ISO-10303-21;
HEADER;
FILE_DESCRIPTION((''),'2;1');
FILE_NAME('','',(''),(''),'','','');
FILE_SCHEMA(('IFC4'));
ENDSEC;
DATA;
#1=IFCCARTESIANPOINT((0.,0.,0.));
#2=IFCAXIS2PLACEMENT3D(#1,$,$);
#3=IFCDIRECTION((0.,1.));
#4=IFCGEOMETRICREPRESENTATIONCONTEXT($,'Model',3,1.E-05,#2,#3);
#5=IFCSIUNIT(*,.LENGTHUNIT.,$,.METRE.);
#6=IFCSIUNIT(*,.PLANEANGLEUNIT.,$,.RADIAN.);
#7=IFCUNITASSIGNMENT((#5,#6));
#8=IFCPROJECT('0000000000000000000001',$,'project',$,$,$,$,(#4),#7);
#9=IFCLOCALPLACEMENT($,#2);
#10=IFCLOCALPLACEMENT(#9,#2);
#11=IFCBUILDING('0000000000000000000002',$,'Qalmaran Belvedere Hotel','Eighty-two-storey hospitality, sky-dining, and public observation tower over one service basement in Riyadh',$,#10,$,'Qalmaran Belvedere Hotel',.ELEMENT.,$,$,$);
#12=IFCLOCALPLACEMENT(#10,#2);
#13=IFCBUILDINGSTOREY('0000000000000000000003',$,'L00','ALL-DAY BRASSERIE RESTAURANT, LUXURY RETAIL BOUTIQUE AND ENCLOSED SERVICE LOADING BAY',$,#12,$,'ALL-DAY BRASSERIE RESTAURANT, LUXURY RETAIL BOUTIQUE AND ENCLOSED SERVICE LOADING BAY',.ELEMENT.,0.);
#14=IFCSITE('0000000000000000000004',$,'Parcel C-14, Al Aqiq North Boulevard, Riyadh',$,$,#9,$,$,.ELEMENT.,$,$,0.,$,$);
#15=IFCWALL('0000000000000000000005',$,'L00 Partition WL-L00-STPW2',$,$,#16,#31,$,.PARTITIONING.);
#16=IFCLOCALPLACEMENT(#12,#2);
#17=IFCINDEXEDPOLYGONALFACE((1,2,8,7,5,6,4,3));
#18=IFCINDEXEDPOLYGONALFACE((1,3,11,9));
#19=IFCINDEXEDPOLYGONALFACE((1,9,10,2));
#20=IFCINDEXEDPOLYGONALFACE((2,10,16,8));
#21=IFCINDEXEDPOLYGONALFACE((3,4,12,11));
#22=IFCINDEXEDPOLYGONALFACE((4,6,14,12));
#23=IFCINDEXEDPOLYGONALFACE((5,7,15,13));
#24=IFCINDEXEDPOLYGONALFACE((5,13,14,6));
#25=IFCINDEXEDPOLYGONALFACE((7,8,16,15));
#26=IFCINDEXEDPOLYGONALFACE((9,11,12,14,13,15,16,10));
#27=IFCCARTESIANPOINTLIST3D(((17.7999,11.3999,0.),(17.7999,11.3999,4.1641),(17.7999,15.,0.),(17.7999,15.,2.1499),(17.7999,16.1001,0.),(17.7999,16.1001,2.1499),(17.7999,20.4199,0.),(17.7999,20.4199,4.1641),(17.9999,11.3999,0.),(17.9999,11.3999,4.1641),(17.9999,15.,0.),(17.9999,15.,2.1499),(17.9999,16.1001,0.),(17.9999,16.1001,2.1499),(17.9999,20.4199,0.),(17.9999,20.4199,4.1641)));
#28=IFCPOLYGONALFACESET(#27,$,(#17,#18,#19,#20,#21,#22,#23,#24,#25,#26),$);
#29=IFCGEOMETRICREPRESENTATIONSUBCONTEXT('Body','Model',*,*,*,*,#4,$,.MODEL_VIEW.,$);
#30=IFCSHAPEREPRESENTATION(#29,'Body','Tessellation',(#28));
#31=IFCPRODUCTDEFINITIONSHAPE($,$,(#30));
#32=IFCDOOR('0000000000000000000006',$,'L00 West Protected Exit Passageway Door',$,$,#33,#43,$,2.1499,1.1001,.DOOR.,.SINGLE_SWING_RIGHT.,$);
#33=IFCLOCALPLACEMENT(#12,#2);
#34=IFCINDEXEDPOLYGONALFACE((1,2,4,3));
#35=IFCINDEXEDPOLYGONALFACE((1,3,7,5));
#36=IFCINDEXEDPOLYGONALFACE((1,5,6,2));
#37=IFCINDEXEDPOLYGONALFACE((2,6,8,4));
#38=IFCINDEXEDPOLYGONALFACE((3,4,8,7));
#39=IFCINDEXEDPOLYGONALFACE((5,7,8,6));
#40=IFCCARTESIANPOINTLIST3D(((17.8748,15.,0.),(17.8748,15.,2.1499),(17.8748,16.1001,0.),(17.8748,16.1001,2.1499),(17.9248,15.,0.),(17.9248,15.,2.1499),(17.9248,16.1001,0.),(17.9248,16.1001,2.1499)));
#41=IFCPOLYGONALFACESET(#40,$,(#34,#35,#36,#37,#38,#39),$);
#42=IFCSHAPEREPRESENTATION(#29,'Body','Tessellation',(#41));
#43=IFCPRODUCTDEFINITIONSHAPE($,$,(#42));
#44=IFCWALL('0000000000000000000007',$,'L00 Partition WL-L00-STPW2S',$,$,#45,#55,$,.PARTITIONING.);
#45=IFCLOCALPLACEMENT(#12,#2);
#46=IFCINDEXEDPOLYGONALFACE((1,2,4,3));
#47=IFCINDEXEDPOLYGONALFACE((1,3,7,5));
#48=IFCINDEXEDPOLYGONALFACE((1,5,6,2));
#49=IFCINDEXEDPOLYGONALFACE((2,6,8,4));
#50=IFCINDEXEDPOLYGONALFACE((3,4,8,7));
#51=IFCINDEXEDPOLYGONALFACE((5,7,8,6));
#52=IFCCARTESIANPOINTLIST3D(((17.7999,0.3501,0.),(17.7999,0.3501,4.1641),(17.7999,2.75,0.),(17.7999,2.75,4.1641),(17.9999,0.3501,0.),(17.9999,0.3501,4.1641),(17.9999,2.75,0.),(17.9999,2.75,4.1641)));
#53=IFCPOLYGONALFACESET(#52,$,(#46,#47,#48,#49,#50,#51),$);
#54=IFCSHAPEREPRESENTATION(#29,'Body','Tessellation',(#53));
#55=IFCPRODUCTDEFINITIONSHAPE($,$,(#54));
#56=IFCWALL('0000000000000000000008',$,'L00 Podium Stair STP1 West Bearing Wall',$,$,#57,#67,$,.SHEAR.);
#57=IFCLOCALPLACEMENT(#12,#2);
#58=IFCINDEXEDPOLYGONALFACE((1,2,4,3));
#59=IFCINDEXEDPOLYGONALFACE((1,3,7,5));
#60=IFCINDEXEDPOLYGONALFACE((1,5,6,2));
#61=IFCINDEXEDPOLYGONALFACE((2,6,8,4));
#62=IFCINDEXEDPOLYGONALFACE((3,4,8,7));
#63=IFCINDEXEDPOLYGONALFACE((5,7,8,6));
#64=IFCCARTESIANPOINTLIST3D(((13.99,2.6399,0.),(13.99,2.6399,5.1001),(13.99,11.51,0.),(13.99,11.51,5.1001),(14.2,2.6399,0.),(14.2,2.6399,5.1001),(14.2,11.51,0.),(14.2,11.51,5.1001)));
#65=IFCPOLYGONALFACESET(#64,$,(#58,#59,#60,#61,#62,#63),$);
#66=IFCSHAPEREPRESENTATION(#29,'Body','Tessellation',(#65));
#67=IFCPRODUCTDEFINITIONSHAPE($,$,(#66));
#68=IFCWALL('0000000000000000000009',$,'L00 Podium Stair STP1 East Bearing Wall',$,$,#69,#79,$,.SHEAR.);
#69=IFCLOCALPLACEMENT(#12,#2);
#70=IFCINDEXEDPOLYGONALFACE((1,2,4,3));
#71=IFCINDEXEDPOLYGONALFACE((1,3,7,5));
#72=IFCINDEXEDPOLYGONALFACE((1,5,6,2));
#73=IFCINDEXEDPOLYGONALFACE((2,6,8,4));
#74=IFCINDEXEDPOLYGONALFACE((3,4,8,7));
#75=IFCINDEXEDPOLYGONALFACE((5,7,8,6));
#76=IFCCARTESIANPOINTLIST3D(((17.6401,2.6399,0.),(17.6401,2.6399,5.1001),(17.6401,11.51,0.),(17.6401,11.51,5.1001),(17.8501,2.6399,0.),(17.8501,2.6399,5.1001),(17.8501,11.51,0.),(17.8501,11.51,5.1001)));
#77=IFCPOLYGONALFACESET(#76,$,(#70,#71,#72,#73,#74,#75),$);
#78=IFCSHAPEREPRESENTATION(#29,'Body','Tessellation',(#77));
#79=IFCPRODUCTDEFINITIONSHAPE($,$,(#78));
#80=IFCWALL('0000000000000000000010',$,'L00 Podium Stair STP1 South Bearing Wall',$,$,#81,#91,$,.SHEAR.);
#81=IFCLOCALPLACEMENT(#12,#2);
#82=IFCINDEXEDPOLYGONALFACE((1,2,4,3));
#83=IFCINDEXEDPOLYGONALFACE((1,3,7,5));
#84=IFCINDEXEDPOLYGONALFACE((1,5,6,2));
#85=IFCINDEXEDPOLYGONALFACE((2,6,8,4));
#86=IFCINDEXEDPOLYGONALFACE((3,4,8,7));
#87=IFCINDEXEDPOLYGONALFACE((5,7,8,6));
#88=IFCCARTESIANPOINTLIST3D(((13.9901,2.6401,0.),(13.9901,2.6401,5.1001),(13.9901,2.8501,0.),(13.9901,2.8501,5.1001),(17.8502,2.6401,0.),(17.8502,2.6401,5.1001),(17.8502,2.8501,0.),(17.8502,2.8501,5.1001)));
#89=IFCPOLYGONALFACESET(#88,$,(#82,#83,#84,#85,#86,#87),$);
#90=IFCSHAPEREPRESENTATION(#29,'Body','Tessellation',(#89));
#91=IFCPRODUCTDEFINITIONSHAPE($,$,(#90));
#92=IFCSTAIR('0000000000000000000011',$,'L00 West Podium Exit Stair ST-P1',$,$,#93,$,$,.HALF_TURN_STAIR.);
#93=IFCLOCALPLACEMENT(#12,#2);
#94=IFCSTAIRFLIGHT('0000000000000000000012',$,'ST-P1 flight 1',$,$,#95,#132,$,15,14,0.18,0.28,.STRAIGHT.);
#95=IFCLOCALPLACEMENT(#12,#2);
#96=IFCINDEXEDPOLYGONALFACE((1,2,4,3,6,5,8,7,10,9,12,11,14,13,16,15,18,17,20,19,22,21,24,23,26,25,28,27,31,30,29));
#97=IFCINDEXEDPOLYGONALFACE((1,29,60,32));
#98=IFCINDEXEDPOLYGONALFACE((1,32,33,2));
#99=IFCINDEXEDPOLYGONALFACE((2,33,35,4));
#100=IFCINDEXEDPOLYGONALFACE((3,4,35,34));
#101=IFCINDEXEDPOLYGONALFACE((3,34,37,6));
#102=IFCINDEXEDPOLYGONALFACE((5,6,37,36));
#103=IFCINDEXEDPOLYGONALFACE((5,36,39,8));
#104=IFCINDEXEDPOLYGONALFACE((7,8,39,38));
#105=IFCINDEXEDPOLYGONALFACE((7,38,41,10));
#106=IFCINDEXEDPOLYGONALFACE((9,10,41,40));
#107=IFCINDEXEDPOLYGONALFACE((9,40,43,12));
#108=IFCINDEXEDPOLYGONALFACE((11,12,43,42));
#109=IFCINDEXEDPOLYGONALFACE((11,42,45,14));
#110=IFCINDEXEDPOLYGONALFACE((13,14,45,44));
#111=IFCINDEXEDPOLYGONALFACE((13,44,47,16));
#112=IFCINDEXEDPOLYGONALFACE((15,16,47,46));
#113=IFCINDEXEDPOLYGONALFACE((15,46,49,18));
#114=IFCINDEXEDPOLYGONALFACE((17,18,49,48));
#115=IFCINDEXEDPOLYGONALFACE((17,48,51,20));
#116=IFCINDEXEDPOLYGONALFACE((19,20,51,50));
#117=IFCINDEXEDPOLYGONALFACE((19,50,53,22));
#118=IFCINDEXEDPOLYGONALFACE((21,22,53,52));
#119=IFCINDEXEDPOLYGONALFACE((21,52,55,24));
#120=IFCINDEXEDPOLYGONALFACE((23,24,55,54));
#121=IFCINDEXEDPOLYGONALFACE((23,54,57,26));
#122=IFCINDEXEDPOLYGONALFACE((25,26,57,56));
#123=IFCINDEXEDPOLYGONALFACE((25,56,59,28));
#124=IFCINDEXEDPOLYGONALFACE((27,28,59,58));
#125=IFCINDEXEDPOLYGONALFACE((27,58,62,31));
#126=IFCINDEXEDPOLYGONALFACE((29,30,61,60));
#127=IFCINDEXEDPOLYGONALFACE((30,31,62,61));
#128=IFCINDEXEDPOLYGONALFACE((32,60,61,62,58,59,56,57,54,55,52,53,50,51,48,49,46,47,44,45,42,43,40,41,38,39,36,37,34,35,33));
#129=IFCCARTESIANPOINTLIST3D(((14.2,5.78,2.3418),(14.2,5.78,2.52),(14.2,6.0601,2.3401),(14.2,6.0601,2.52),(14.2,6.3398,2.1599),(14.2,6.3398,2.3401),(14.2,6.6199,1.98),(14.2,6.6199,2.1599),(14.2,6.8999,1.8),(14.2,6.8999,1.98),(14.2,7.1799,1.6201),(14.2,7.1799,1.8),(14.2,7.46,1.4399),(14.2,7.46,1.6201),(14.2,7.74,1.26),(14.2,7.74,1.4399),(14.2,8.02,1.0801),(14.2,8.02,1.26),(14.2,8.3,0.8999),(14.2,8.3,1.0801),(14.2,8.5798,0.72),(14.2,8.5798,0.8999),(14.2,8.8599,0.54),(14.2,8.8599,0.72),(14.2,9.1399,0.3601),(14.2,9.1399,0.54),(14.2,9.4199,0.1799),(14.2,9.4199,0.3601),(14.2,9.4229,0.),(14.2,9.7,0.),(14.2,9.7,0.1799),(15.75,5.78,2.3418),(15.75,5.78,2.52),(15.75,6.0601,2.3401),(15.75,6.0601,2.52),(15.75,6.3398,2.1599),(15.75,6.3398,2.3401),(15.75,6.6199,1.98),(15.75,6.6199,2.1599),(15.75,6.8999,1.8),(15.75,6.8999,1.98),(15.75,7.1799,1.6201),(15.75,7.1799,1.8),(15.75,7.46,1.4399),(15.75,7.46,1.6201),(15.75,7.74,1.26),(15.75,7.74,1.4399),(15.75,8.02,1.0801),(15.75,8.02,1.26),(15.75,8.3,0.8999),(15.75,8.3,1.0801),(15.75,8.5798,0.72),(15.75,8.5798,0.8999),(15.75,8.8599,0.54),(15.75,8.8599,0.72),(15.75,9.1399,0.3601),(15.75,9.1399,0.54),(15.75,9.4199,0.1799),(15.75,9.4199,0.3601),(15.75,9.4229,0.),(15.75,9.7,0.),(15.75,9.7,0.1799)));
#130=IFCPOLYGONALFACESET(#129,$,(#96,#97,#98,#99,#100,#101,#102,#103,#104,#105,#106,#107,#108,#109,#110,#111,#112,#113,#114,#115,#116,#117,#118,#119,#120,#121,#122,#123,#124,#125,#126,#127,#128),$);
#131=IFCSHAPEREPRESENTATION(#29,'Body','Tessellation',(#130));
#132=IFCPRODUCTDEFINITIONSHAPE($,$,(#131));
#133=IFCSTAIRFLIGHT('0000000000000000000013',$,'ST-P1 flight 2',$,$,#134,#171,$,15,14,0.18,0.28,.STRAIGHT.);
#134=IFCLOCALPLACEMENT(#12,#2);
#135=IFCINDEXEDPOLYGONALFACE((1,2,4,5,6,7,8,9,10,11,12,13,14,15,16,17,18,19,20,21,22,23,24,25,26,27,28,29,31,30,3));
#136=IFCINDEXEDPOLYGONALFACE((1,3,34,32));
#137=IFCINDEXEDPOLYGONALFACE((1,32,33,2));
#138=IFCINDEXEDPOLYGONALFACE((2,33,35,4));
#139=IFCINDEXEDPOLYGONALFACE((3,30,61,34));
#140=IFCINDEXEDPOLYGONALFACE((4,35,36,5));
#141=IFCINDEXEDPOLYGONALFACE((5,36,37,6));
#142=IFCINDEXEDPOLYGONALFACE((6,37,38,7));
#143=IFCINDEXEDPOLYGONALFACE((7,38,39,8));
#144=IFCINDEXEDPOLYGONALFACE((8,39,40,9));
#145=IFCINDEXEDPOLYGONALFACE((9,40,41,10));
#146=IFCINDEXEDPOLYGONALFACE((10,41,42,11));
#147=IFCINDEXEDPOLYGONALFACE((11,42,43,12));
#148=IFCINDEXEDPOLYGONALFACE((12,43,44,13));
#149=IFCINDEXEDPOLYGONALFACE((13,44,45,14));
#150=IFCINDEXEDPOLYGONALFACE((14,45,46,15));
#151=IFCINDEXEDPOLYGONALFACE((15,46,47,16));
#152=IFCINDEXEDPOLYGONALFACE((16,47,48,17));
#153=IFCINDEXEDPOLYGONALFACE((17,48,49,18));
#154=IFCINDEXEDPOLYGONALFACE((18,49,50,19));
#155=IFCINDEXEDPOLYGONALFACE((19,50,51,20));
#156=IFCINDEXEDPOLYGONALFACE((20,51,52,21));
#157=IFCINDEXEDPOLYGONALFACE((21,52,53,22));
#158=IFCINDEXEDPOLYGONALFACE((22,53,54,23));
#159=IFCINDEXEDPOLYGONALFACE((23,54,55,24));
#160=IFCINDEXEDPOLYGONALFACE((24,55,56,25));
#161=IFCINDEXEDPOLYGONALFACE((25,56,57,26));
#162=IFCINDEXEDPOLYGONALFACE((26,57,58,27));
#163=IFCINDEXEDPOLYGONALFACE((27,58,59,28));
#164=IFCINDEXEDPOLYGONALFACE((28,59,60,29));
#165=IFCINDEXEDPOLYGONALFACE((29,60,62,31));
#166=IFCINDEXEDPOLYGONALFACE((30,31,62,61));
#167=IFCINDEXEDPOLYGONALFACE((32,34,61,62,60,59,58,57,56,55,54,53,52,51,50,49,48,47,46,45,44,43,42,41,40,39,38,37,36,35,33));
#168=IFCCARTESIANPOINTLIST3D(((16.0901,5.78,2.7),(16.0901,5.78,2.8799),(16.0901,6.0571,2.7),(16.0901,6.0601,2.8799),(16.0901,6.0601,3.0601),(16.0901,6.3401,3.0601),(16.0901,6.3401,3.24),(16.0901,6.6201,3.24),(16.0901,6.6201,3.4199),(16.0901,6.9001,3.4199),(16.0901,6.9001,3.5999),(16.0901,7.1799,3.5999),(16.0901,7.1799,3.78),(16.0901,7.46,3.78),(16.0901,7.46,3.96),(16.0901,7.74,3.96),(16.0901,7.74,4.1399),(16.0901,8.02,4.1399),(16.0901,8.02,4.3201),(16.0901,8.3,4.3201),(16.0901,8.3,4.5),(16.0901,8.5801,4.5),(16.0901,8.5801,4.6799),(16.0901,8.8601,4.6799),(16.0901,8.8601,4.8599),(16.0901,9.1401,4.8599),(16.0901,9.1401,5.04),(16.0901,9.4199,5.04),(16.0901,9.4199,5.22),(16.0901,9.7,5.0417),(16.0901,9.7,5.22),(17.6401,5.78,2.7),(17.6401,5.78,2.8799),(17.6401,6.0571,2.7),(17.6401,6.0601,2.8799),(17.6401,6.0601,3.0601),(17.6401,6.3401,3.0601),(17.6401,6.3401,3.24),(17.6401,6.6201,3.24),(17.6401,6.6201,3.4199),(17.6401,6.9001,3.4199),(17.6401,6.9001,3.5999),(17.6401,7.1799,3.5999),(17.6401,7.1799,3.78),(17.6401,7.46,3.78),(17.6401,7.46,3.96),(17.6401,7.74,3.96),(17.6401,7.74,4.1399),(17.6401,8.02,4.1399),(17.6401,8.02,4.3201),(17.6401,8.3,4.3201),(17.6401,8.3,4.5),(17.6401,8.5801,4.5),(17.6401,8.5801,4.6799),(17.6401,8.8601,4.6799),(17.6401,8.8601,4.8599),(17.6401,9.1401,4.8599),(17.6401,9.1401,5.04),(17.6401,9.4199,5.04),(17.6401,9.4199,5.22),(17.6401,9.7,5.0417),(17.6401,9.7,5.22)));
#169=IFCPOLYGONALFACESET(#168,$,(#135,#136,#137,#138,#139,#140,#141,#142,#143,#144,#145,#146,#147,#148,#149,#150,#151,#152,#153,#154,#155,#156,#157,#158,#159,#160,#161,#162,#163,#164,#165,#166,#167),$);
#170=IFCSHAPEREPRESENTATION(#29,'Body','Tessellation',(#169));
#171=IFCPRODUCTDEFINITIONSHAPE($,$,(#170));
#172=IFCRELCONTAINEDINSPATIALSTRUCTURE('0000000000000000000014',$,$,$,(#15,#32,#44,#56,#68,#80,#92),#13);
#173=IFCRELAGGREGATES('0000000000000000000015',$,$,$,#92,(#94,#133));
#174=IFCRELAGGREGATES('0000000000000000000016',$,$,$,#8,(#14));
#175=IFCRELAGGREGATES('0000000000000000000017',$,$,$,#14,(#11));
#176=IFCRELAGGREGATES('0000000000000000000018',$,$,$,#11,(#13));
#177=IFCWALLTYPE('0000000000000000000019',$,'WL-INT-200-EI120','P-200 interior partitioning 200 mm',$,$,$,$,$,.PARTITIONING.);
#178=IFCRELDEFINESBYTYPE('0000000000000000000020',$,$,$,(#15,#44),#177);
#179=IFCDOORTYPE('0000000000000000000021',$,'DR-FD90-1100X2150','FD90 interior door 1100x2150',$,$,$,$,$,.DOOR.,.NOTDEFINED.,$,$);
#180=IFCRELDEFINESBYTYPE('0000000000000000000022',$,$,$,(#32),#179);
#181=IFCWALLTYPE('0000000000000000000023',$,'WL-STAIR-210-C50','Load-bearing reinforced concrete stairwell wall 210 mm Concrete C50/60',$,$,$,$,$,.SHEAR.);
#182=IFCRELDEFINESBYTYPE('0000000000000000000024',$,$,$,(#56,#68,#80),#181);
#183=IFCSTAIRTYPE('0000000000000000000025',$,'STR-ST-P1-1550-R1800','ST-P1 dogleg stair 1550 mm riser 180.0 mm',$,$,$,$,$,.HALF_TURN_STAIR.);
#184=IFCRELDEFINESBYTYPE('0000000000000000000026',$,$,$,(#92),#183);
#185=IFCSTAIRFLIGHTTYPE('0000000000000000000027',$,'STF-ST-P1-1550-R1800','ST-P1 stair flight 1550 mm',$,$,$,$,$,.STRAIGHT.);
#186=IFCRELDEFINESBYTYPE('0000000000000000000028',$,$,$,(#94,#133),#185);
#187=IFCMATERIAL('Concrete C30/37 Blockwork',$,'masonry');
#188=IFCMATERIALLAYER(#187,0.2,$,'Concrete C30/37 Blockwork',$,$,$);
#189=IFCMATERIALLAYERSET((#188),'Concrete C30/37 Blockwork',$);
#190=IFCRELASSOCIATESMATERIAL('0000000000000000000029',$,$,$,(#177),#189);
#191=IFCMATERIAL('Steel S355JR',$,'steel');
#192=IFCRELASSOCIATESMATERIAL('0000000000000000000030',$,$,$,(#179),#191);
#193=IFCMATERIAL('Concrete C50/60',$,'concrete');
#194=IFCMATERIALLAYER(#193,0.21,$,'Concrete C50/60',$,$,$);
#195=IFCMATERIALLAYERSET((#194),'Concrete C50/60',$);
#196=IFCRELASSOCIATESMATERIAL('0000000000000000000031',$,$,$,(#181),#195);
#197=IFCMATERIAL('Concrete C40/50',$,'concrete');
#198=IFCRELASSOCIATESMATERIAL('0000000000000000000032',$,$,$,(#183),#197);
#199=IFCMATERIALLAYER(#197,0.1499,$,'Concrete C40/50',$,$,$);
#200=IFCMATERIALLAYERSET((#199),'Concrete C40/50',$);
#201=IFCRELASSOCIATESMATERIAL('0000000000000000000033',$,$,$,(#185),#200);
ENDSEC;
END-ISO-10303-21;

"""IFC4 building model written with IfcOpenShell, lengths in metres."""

from ifc_helpers import new_model, si_unit, direction, frame, frame_2d, origin, place, context, subcontext, project, spatial, polyline, rectangle, outline, extrude, material, layer, layer_set, type_object, element, fill, aggregate, save


model = new_model("IFC4")

# Units and contexts
model_context = context("Model", 3, precision=1e-05, world=origin(), true_north=direction((0.0, 1.0)))
body_context = subcontext(model_context, "Body", "Model", "MODEL_VIEW")
ifc_project = project(units=[si_unit("LENGTHUNIT", "METRE"), si_unit("PLANEANGLEUNIT", "RADIAN")], contexts=[model_context])

# Site, building, storey
site_placement = place(None, origin())
site = spatial("IfcSite", under=ifc_project, at=site_placement, Name="Parcel C-14, Al Aqiq North Boulevard, Riyadh", CompositionType="ELEMENT", RefElevation=0.0)
building_placement = place(site_placement, origin())
building = spatial("IfcBuilding", under=site, at=building_placement, Name="Qalmaran Belvedere Hotel", Description="Eighty-two-storey hospitality, sky-dining, and public observation tower over one service basement in Riyadh", LongName="Qalmaran Belvedere Hotel", CompositionType="ELEMENT")
storey_placement = place(building_placement, origin())
storey = spatial("IfcBuildingStorey", under=building, at=storey_placement, Name="L00", Description="ALL-DAY BRASSERIE RESTAURANT, LUXURY RETAIL BOUTIQUE AND ENCLOSED SERVICE LOADING BAY", LongName="ALL-DAY BRASSERIE RESTAURANT, LUXURY RETAIL BOUTIQUE AND ENCLOSED SERVICE LOADING BAY", CompositionType="ELEMENT", Elevation=0.0)

# Shared definitions
ifc_material_1 = material(Name="Concrete C40/50", Category="concrete")

# Shared definitions
ifc_material_2 = material(Name="Steel S355JR", Category="steel")

# Shared definitions
ifc_material_3 = material(Name="Concrete C30/37 Blockwork", Category="masonry")
ifc_layer_1 = layer(ifc_material_3, 0.2, Name="Concrete C30/37 Blockwork")
ifc_layer_set_1 = layer_set([ifc_layer_1], Name="Concrete C30/37 Blockwork")
wall_type_1 = type_object("IfcWallType", Name="WL-INT-200-EI120", Description="P-200 interior partitioning 200 mm", PredefinedType="PARTITIONING", material=ifc_layer_set_1)

# Wall, opening, door
wall_1_placement = place(storey_placement, frame((17.8999, 11.3999, 0.0), z_axis=(0.0, 0.0, 1.0), x_axis=(0.0, 1.0, 0.0)))
wall_1 = element("IfcWall", 1, at=wall_1_placement, inside=storey, type_object=wall_type_1, Name="L00 Partition WL-L00-STPW2", PredefinedType="PARTITIONING", context=body_context, shape_type="SweptSolid", body=[
    extrude(rectangle(XDim=9.02, YDim=0.2, at=frame_2d((4.51, 0.0))), origin(), (0.0, 0.0, 1.0), 4.1641),
])
opening_1_placement = place(wall_1_placement, frame((4.7002, 0.0, 0.0), z_axis=(0.0, 0.0, 1.0), x_axis=(-1.0, 0.0, 0.0)))
opening_1 = element("IfcOpeningElement", 2, at=opening_1_placement, cuts=wall_1, PredefinedType="OPENING", context=body_context, shape_type="SweptSolid", body=[
    extrude(rectangle(XDim=1.1001, YDim=2.1499, at=frame_2d((0.55, 1.075))), frame((0.0, 0.1099, 0.0), z_axis=(0.0, -1.0, 0.0), x_axis=(1.0, 0.0, 0.0)), (0.0, 0.0, 1.0), 0.22),
])
door_type_1 = type_object("IfcDoorType", Name="DR-FD90-1100X2150", Description="FD90 interior door 1100x2150", OperationType="NOTDEFINED", PredefinedType="DOOR", material=ifc_material_2)
door_1_placement = place(opening_1_placement, origin())
door_1 = element("IfcDoor", 3, at=door_1_placement, inside=storey, type_object=door_type_1, Name="L00 West Protected Exit Passageway Door", OperationType="SINGLE_SWING_RIGHT", OverallHeight=2.1499, OverallWidth=1.1001, PredefinedType="DOOR", context=body_context, shape_type="SweptSolid", body=[
    extrude(rectangle(XDim=1.1001, YDim=2.1499, at=frame_2d((0.55, 1.075))), frame((0.0, 0.0249, 0.0), z_axis=(0.0, -1.0, 0.0), x_axis=(1.0, 0.0, 0.0)), (0.0, 0.0, 1.0), 0.05),
])
fill(opening_1, door_1)

# Walls
wall_2_placement = place(storey_placement, frame((17.8999, 0.3501, 0.0), z_axis=(0.0, 0.0, 1.0), x_axis=(0.0, 1.0, 0.0)))
element("IfcWall", 4, at=wall_2_placement, inside=storey, type_object=wall_type_1, Name="L00 Partition WL-L00-STPW2S", PredefinedType="PARTITIONING", context=body_context, shape_type="SweptSolid", body=[
    extrude(rectangle(XDim=2.3999, YDim=0.2, at=frame_2d((1.2, 0.0))), origin(), (0.0, 0.0, 1.0), 4.1641),
])
ifc_material_4 = material(Name="Concrete C50/60", Category="concrete")
ifc_layer_2 = layer(ifc_material_4, 0.21, Name="Concrete C50/60")
ifc_layer_set_2 = layer_set([ifc_layer_2], Name="Concrete C50/60")
wall_type_2 = type_object("IfcWallType", Name="WL-STAIR-210-C50", Description="Load-bearing reinforced concrete stairwell wall 210 mm Concrete C50/60", PredefinedType="SHEAR", material=ifc_layer_set_2)
for number, where, z_axis, x_axis, name in (
    (5, (14.095, 2.6399, 0.0), (0.0, 0.0, 1.0), (0.0, 1.0, 0.0), "L00 Podium Stair STP1 West Bearing Wall"),
    (6, (17.7451, 2.6399, 0.0), (0.0, 0.0, 1.0), (0.0, 1.0, 0.0), "L00 Podium Stair STP1 East Bearing Wall"),
):
    element("IfcWall", number, at=place(storey_placement, frame(where, z_axis=z_axis, x_axis=x_axis)), inside=storey, type_object=wall_type_2, Name=name, PredefinedType="SHEAR", context=body_context, shape_type="SweptSolid", body=[
        extrude(rectangle(XDim=8.8701, YDim=0.21, at=frame_2d((4.4351, 0.0))), origin(), (0.0, 0.0, 1.0), 5.1001),
    ])
wall_3_placement = place(storey_placement, frame((13.99, 2.7451, 0.0), z_axis=(0.0, 0.0, 1.0), x_axis=(1.0, 0.0, 0.0)))
element("IfcWall", 7, at=wall_3_placement, inside=storey, type_object=wall_type_2, Name="L00 Podium Stair STP1 South Bearing Wall", PredefinedType="SHEAR", context=body_context, shape_type="SweptSolid", body=[
    extrude(rectangle(XDim=3.8601, YDim=0.21, at=frame_2d((1.9302, 0.0))), origin(), (0.0, 0.0, 1.0), 5.1001),
])

# Stair, stair flights
stair_type = type_object("IfcStairType", Name="STR-ST-P1-1550-R1800", Description="ST-P1 dogleg stair 1550 mm riser 180.0 mm", PredefinedType="HALF_TURN_STAIR", material=ifc_material_1)
stair_placement = place(storey_placement, origin())
stair = element("IfcStair", 8, at=stair_placement, inside=storey, type_object=stair_type, Name="L00 West Podium Exit Stair ST-P1", PredefinedType="HALF_TURN_STAIR")
ifc_layer_3 = layer(ifc_material_1, 0.1499, Name="Concrete C40/50")
ifc_layer_set_3 = layer_set([ifc_layer_3], Name="Concrete C40/50")
stair_flight_type = type_object("IfcStairFlightType", Name="STF-ST-P1-1550-R1800", Description="ST-P1 stair flight 1550 mm", PredefinedType="STRAIGHT", material=ifc_layer_set_3)
stair_flight_1_placement = place(storey_placement, frame((14.9751, 9.7, 0.0), z_axis=(0.0, 0.0, 1.0), x_axis=(0.0, -1.0, 0.0)))
stair_flight_1 = element("IfcStairFlight", 9, at=stair_flight_1_placement, type_object=stair_flight_type, Name="ST-P1 flight 1", NumberOfRisers=15, NumberOfTreads=14, PredefinedType="STRAIGHT", RiserHeight=0.18, TreadLength=0.28, context=body_context, shape_type="SweptSolid", body=[
    extrude(outline(polyline([(0.0, 0.0), (0.0, 0.1799), (0.28, 0.1799), (0.28, 0.3601), (0.5601, 0.3601), (0.5601, 0.54), (0.8401, 0.54), (0.8401, 0.72), (1.1201, 0.72), (1.1201, 0.8999), (1.3999, 0.8999), (1.3999, 1.0801), (1.6799, 1.0801), (1.6799, 1.26), (1.96, 1.26), (1.96, 1.4399), (2.24, 1.4399), (2.24, 1.6201), (2.52, 1.6201), (2.52, 1.8), (2.8, 1.8), (2.8, 1.98), (3.0801, 1.98), (3.0801, 2.1599), (3.3601, 2.1599), (3.3601, 2.3401), (3.6399, 2.3401), (3.6399, 2.52), (3.9199, 2.52), (3.9199, 2.7), (3.9199, 2.3418), (0.2771, 0.0), (0.0, 0.0)])), frame((0.0, 0.7749, 0.0), z_axis=(0.0, -1.0, 0.0), x_axis=(1.0, 0.0, 0.0)), (0.0, 0.0, 1.0), 1.55),
])
stair_flight_2_placement = place(storey_placement, frame((16.865, 5.78, 2.7), z_axis=(0.0, 0.0, 1.0), x_axis=(0.0, 1.0, 0.0)))
stair_flight_2 = element("IfcStairFlight", 10, at=stair_flight_2_placement, type_object=stair_flight_type, Name="ST-P1 flight 2", NumberOfRisers=15, NumberOfTreads=14, PredefinedType="STRAIGHT", RiserHeight=0.18, TreadLength=0.28, context=body_context, shape_type="SweptSolid", body=[
    extrude(outline(polyline([(0.0, 0.0), (0.0, 0.1799), (0.28, 0.1799), (0.28, 0.3601), (0.5601, 0.3601), (0.5601, 0.54), (0.8401, 0.54), (0.8401, 0.72), (1.1201, 0.72), (1.1201, 0.8999), (1.3999, 0.8999), (1.3999, 1.0801), (1.6799, 1.0801), (1.6799, 1.26), (1.96, 1.26), (1.96, 1.4399), (2.24, 1.4399), (2.24, 1.6201), (2.52, 1.6201), (2.52, 1.8), (2.8, 1.8), (2.8, 1.98), (3.0801, 1.98), (3.0801, 2.1599), (3.3601, 2.1599), (3.3601, 2.3401), (3.6399, 2.3401), (3.6399, 2.52), (3.9199, 2.52), (3.9199, 2.7), (3.9199, 2.3418), (0.2771, 0.0), (0.0, 0.0)])), frame((0.0, 0.7749, 0.0), z_axis=(0.0, -1.0, 0.0), x_axis=(1.0, 0.0, 0.0)), (0.0, 0.0, 1.0), 1.55),
])
aggregate(stair, [stair_flight_1, stair_flight_2])

save(model, "model.ifc")
